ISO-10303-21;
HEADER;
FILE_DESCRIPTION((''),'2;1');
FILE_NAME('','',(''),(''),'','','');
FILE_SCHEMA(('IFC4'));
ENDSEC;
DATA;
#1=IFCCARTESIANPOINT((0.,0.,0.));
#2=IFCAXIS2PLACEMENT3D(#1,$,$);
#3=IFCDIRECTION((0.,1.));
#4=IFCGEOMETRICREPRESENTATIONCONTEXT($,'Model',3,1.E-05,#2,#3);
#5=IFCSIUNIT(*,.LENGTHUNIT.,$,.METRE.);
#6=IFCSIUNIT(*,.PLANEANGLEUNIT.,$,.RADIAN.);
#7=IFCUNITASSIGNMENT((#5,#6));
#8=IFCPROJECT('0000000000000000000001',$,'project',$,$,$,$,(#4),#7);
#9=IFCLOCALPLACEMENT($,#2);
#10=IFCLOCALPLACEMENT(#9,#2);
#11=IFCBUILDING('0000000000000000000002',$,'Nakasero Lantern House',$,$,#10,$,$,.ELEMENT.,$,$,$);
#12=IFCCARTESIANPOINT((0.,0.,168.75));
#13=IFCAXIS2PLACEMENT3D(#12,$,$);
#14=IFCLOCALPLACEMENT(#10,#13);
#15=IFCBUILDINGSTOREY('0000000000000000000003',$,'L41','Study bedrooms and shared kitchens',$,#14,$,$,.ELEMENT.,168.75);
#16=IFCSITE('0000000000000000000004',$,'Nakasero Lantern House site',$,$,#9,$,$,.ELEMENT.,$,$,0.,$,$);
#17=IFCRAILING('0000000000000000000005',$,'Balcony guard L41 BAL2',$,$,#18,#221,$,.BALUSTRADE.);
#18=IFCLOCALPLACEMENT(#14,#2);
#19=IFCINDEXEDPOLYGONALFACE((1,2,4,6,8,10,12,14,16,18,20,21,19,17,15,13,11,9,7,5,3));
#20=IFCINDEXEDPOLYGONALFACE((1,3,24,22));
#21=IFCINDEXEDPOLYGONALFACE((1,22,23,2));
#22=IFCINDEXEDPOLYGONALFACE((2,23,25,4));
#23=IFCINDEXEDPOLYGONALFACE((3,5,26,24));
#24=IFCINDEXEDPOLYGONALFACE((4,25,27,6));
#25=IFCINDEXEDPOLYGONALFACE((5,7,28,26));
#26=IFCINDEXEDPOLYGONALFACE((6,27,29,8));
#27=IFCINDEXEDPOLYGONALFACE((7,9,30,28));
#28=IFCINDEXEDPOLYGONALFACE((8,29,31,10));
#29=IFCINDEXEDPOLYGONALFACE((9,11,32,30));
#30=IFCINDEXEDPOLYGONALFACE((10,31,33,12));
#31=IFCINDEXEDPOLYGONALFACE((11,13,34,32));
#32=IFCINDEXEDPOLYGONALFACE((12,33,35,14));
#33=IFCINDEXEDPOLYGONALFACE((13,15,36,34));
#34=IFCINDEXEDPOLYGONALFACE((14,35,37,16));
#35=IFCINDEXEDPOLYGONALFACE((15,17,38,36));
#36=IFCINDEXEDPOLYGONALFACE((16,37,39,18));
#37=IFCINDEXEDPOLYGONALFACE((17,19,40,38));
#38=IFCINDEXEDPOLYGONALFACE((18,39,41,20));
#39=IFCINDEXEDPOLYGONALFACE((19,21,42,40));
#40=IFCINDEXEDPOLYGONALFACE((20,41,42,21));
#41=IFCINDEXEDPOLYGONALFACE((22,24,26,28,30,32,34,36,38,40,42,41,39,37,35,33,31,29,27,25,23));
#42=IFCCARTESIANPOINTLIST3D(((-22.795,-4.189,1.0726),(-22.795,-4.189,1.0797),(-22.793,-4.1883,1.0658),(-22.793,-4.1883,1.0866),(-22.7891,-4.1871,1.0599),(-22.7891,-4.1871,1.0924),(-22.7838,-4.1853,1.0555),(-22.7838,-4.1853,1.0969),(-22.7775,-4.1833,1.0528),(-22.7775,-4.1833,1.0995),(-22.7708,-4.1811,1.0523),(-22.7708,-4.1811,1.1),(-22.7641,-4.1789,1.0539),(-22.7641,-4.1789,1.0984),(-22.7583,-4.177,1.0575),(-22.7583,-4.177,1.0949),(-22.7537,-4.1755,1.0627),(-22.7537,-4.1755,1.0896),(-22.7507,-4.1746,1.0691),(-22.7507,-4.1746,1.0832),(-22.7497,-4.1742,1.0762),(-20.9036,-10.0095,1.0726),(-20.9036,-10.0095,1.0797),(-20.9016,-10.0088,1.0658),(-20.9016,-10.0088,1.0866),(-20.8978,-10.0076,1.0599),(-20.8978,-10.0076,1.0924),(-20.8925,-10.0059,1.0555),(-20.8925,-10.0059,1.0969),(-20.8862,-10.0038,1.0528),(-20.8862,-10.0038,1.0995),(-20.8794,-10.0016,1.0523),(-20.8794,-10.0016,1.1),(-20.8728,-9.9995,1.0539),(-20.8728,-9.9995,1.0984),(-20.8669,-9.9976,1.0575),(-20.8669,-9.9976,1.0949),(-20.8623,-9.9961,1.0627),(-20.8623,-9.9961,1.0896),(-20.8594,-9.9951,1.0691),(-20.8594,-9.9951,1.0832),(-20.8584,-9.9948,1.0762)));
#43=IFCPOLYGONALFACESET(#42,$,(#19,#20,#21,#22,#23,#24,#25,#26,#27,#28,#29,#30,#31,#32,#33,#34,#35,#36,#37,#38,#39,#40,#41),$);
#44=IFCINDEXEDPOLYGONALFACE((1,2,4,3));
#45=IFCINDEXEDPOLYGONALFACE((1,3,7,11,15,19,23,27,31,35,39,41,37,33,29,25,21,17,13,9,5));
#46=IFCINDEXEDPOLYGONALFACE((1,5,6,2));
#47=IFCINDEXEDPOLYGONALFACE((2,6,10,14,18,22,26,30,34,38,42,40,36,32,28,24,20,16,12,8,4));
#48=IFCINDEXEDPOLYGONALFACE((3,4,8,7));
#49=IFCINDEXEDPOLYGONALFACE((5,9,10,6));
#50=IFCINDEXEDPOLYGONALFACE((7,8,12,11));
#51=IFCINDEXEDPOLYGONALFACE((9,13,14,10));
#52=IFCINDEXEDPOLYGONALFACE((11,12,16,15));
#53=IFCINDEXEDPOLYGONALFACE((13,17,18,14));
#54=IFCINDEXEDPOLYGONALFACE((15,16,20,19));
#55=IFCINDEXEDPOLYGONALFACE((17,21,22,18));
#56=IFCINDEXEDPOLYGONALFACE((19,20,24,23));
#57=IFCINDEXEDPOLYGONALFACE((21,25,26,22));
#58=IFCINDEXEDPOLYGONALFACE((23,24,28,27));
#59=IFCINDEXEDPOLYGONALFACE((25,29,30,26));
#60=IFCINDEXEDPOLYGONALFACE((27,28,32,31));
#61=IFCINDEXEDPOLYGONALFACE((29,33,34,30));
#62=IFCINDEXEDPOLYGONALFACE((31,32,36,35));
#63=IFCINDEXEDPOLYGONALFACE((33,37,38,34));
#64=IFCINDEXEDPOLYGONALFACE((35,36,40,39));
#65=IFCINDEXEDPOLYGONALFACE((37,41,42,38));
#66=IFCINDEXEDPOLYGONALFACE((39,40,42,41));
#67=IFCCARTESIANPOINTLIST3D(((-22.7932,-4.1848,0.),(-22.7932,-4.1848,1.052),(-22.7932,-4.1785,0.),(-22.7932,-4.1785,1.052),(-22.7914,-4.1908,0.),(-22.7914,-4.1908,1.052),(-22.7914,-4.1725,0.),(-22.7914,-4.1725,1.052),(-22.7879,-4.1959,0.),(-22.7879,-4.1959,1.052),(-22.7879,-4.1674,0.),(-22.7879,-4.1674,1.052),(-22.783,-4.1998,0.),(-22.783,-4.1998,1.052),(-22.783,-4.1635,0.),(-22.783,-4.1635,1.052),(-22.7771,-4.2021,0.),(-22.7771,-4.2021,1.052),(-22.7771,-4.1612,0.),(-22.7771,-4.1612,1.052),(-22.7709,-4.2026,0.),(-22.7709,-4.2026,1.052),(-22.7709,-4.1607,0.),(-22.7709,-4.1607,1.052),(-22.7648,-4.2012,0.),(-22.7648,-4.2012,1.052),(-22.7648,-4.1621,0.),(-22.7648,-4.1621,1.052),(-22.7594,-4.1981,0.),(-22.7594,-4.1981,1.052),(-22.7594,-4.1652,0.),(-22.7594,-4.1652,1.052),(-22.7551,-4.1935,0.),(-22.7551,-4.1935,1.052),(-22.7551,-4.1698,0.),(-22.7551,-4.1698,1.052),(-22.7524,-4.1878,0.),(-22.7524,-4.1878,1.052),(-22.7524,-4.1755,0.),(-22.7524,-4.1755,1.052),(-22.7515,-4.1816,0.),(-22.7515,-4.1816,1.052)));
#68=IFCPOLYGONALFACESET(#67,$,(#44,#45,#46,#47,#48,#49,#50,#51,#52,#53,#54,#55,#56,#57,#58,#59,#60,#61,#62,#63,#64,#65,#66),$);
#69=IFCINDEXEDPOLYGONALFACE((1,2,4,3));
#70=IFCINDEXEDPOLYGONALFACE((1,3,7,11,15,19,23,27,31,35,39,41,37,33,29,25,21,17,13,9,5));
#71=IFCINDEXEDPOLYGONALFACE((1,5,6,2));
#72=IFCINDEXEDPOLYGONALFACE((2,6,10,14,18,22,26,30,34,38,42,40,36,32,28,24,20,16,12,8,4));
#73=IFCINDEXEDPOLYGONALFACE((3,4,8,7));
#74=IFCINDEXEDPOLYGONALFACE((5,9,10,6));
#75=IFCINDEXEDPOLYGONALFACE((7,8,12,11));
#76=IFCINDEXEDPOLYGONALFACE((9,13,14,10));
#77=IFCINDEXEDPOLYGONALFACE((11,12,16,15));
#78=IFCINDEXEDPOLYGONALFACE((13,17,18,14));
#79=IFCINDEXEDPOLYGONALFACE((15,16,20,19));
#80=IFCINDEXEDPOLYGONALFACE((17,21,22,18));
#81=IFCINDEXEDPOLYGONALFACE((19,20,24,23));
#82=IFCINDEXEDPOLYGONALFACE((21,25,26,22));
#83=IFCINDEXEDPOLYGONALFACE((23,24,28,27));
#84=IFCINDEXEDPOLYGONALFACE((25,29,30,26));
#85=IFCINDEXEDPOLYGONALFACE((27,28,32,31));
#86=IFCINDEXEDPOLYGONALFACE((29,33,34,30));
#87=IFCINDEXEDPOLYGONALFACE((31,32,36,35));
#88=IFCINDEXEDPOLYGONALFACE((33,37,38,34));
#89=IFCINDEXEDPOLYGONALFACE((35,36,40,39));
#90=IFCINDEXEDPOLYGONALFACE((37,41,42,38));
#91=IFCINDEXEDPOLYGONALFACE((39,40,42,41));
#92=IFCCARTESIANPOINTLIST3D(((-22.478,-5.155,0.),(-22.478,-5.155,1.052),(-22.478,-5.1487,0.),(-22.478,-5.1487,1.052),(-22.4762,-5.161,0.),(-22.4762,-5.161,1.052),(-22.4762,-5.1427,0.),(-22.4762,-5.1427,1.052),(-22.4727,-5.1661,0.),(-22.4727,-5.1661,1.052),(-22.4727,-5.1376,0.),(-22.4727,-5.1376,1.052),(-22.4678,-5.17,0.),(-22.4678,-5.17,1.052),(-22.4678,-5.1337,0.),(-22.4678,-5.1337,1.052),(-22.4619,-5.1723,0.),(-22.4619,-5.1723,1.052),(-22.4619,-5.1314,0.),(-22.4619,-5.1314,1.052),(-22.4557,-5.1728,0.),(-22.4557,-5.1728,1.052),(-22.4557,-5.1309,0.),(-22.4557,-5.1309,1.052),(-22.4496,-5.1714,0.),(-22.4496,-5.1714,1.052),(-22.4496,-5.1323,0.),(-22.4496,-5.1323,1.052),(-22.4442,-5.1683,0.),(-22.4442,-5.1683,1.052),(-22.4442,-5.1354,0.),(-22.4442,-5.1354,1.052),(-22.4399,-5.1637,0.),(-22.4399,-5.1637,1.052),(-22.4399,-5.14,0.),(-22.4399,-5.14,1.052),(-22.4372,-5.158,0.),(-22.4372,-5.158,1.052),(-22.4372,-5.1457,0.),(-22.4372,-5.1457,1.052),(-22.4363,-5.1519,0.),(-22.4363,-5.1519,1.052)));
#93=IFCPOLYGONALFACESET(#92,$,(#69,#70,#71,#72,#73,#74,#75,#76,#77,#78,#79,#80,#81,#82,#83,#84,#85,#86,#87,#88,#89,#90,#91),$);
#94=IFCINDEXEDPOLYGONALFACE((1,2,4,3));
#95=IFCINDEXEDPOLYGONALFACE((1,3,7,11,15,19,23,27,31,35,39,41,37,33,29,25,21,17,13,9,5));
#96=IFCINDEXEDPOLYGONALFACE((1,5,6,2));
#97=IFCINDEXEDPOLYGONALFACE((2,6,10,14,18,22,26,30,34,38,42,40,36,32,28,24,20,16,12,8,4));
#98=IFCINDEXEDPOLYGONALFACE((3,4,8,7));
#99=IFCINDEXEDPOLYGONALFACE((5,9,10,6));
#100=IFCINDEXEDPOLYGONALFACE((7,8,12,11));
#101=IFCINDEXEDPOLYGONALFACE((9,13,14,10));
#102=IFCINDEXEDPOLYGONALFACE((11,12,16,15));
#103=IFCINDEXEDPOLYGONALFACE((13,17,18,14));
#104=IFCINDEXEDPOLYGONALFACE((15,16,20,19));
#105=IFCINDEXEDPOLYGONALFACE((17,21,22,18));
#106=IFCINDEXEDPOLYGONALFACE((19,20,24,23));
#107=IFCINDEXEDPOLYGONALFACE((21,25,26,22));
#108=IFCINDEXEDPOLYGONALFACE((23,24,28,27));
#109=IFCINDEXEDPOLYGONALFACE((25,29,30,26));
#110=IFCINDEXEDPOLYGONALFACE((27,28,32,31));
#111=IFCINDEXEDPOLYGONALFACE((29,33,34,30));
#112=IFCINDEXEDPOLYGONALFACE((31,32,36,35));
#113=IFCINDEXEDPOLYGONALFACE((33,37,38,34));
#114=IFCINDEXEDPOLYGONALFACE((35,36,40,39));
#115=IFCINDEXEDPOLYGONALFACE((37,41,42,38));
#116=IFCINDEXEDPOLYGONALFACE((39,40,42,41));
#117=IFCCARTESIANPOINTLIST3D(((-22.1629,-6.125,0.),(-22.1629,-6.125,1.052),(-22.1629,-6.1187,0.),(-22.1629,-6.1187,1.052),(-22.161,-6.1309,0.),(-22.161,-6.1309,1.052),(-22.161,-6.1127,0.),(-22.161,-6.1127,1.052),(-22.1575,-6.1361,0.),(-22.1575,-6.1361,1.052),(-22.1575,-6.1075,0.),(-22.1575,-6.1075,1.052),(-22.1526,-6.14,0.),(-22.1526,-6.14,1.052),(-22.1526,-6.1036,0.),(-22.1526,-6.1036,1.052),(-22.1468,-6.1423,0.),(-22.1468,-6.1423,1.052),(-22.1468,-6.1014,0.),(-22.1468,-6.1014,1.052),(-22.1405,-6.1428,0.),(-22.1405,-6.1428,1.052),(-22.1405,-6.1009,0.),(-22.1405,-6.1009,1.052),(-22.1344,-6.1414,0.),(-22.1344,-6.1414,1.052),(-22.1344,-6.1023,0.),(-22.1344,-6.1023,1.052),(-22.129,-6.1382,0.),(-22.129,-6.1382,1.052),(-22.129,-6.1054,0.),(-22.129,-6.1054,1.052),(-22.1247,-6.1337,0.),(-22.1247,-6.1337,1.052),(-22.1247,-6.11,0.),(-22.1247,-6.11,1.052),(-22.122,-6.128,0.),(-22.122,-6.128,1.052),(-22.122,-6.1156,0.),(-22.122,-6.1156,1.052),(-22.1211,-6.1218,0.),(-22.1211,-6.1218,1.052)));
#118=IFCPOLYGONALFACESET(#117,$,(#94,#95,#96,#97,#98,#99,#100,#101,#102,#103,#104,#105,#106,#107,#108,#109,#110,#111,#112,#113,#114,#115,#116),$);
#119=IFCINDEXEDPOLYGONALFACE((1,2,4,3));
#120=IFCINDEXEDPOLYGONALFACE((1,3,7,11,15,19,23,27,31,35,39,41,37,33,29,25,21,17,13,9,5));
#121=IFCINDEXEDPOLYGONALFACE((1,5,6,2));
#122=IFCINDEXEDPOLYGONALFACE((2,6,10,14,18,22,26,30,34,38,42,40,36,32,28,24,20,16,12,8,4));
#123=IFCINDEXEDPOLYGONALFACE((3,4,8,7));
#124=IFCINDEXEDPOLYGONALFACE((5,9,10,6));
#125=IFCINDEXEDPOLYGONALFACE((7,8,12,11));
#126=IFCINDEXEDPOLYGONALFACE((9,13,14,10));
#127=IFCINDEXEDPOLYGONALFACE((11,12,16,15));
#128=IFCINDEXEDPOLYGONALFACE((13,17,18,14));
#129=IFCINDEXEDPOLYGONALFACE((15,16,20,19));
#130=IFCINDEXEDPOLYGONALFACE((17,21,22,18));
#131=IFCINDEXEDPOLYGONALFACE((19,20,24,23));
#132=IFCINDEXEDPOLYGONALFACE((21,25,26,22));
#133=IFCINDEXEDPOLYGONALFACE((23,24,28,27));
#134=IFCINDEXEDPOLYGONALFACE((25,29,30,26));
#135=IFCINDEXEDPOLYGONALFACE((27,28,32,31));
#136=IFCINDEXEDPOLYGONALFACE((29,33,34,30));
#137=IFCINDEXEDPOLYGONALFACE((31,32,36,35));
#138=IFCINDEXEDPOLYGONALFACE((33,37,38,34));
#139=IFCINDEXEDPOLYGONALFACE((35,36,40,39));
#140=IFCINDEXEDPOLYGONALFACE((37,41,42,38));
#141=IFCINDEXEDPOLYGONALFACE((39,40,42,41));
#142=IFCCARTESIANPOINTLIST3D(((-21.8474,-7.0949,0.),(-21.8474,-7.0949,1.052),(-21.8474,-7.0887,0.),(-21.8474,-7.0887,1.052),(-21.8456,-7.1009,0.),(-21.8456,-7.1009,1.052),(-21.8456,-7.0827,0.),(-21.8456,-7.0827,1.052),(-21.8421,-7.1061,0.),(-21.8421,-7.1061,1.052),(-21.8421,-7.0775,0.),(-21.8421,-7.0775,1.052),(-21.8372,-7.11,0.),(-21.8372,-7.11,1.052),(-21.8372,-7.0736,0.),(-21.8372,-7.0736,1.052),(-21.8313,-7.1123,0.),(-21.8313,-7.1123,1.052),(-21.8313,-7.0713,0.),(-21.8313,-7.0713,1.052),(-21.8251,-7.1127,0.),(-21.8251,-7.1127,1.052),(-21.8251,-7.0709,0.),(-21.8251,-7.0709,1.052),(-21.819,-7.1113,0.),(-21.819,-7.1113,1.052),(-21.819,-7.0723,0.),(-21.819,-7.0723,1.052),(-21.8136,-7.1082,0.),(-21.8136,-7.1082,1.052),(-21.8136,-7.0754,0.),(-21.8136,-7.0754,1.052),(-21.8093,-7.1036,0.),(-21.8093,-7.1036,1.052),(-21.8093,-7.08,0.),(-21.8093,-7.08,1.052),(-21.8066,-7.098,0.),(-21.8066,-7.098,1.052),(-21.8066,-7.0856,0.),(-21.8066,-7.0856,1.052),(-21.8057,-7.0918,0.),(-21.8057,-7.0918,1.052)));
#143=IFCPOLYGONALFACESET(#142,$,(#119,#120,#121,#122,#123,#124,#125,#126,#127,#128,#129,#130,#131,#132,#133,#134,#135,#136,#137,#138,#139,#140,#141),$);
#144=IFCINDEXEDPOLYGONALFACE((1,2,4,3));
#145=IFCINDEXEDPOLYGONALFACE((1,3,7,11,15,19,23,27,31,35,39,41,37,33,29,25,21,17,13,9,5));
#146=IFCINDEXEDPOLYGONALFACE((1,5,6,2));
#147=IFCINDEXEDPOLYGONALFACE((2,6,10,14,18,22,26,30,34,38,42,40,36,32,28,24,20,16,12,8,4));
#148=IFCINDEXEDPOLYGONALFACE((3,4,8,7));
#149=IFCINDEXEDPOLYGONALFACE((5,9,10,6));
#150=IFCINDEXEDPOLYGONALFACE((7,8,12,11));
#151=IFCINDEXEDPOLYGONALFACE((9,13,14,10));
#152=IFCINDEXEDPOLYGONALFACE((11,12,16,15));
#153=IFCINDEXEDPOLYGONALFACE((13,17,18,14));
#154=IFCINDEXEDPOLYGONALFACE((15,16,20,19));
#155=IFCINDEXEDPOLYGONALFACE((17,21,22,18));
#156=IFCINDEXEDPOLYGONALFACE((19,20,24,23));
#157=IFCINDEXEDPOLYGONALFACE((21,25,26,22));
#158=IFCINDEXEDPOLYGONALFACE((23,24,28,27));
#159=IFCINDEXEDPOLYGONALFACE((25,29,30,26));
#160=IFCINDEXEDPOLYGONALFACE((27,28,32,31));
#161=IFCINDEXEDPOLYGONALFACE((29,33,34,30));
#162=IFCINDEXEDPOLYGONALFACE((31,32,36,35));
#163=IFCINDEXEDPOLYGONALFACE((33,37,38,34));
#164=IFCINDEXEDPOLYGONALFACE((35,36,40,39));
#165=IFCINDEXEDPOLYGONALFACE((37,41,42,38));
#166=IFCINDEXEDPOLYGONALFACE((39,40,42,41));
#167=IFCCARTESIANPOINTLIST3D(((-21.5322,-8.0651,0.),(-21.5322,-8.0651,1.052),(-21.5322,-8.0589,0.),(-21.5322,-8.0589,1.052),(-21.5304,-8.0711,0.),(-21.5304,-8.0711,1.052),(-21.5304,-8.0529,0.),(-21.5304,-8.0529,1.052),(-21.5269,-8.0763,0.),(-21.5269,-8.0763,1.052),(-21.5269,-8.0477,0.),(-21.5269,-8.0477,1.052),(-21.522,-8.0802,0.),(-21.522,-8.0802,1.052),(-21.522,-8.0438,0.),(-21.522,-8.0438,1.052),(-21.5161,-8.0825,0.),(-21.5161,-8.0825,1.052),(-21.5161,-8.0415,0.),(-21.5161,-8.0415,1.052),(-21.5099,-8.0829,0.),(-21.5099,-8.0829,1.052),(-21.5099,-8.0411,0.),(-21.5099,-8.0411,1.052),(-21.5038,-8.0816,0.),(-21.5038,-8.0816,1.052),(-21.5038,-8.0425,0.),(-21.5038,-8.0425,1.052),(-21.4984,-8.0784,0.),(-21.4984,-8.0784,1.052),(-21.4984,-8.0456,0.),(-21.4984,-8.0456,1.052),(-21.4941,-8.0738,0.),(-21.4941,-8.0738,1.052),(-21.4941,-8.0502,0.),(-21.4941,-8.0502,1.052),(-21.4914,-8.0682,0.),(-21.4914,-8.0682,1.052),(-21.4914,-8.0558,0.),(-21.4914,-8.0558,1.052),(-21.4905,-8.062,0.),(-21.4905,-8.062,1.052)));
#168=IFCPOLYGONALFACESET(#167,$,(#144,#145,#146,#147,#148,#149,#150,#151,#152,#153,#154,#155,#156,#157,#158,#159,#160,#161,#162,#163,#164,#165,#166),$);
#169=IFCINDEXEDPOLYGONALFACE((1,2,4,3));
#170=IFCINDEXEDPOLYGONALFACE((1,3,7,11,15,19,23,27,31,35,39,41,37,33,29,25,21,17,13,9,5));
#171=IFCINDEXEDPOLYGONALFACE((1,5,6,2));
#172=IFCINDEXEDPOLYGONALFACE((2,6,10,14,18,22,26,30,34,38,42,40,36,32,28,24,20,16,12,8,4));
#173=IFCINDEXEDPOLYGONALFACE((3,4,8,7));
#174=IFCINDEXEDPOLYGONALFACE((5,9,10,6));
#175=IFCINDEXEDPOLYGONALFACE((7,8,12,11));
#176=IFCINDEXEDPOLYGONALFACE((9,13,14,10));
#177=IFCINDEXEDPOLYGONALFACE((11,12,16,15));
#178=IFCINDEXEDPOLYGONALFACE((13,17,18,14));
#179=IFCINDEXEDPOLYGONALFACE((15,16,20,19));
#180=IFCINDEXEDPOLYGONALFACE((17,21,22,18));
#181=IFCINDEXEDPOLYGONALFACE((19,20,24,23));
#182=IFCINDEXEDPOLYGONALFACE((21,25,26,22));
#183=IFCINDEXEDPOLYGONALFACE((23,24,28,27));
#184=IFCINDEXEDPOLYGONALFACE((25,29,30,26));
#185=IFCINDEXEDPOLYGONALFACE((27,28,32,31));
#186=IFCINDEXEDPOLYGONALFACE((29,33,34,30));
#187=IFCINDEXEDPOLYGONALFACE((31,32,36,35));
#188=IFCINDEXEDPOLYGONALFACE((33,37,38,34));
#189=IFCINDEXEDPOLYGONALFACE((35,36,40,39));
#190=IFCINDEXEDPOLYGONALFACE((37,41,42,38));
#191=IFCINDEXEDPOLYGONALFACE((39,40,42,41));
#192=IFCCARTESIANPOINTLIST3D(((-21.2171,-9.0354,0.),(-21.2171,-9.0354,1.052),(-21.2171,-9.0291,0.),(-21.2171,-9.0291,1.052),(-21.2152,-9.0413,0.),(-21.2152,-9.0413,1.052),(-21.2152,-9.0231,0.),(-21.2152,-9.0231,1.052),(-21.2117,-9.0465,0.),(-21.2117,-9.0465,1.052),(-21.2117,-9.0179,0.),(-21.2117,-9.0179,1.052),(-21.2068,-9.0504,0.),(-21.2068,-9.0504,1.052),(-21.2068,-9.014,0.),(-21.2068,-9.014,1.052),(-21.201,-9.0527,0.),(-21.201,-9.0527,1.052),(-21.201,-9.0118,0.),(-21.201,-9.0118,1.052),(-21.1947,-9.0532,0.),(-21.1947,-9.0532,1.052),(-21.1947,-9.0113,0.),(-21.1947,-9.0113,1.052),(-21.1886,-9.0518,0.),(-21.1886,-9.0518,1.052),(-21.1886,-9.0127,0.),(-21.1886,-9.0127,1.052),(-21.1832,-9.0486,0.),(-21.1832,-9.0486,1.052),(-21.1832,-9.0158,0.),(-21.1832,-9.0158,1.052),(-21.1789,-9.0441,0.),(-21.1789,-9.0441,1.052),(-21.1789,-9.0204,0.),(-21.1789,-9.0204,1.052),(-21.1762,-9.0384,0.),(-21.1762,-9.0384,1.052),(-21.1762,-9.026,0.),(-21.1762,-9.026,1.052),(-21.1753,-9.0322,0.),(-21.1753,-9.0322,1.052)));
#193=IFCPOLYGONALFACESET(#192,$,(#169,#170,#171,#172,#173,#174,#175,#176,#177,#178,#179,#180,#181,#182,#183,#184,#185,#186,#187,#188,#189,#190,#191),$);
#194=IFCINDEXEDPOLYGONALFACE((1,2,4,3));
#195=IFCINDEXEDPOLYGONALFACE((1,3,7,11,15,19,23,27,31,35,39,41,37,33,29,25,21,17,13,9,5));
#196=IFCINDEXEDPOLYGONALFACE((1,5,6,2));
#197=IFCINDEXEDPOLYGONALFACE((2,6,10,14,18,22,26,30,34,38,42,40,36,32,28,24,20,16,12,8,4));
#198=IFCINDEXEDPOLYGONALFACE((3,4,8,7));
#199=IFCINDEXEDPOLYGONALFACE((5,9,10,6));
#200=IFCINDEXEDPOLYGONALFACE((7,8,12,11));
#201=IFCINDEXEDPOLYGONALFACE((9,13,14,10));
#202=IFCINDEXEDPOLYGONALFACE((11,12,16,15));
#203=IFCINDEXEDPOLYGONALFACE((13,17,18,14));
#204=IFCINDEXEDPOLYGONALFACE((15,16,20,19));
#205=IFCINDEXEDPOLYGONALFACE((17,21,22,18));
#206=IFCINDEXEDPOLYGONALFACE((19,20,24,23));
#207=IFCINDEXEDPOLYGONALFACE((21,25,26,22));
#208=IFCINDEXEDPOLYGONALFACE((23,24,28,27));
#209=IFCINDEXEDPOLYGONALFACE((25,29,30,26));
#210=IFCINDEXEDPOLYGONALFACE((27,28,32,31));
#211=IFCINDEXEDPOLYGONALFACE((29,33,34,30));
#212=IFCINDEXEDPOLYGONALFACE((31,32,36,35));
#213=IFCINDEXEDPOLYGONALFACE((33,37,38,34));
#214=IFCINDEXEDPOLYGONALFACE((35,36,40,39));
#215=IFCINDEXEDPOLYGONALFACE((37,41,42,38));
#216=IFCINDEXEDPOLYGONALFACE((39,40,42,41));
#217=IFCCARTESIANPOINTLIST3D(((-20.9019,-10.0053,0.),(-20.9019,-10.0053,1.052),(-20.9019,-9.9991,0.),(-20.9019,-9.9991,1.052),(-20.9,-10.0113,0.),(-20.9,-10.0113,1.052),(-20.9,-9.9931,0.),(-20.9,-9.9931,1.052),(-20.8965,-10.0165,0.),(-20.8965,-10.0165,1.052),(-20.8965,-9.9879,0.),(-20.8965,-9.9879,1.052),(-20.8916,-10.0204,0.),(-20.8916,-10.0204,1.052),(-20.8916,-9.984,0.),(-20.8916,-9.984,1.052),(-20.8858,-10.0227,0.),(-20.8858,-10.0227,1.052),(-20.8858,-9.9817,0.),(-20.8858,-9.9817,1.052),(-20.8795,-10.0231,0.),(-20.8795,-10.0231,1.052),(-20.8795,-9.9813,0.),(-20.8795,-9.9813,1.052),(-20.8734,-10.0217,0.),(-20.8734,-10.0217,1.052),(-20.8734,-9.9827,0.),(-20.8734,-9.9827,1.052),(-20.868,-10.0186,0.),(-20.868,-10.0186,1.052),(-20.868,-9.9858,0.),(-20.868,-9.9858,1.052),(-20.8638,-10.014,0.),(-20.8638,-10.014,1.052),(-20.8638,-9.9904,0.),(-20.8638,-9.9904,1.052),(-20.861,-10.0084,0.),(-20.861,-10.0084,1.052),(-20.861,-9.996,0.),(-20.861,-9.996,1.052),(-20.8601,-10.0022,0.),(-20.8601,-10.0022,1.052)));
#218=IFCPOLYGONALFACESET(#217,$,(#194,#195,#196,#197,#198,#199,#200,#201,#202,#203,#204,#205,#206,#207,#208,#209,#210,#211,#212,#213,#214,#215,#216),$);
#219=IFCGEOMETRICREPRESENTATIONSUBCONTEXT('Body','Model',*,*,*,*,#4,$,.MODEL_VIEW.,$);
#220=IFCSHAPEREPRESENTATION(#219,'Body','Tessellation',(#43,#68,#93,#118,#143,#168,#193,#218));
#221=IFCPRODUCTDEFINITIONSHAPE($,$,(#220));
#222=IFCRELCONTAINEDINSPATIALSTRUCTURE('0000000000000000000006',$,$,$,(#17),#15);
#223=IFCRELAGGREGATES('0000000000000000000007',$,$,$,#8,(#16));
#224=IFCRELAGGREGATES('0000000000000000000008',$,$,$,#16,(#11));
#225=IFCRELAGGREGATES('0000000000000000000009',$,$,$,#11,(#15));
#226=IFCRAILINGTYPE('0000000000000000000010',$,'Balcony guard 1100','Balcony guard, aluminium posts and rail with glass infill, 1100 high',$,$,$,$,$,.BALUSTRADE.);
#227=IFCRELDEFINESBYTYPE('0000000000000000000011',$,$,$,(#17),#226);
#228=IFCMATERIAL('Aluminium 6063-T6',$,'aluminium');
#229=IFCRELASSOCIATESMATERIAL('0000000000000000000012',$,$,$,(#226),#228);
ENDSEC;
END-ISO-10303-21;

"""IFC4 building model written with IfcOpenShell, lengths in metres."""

from ifc_helpers import new_model, si_unit, direction, frame, origin, origin_2d, place, context, subcontext, project, spatial, circle, extrude, material, type_object, element, save


model = new_model("IFC4")

# Units and contexts
model_context = context("Model", 3, precision=1e-05, world=origin(), true_north=direction((0.0, 1.0)))
body_context = subcontext(model_context, "Body", "Model", "MODEL_VIEW")
ifc_project = project(units=[si_unit("LENGTHUNIT", "METRE"), si_unit("PLANEANGLEUNIT", "RADIAN")], contexts=[model_context])

# Site, building, storey
site_placement = place(None, origin())
site = spatial("IfcSite", under=ifc_project, at=site_placement, Name="Nakasero Lantern House site", CompositionType="ELEMENT", RefElevation=0.0)
building_placement = place(site_placement, origin())
building = spatial("IfcBuilding", under=site, at=building_placement, Name="Nakasero Lantern House", CompositionType="ELEMENT")
storey_placement = place(building_placement, frame((0.0, 0.0, 168.75)))
storey = spatial("IfcBuildingStorey", under=building, at=storey_placement, Name="L41", Description="Study bedrooms and shared kitchens", CompositionType="ELEMENT", Elevation=168.75)

# Railing
ifc_material_1 = material(Name="Aluminium 6063-T6", Category="aluminium")
railing_type = type_object("IfcRailingType", Name="Balcony guard 1100", Description="Balcony guard, aluminium posts and rail with glass infill, 1100 high", PredefinedType="BALUSTRADE", material=ifc_material_1)
railing_placement = place(storey_placement, frame((-22.7725, -4.1816, 0.0)))
element("IfcRailing", 1, at=railing_placement, inside=storey, type_object=railing_type, Name="Balcony guard L41 BAL2", PredefinedType="BALUSTRADE", context=body_context, shape_type="SweptSolid", body=[
    extrude(circle(Radius=0.0239, at=origin_2d()), frame((0.0, 0.0, 1.0762), z_axis=(0.309038, -0.95105, 0.0), x_axis=(0.95105, 0.309038, 0.0)), (0.0, 0.0, 1.0), 6.1201),
    extrude(circle(Radius=0.021, at=origin_2d()), origin(), (0.0, 0.0, 1.0), 1.052),
    extrude(circle(Radius=0.021, at=origin_2d()), frame((0.3152, -0.9702, 0.0)), (0.0, 0.0, 1.0), 1.052),
    extrude(circle(Radius=0.021, at=origin_2d()), frame((0.6304, -1.9402, 0.0)), (0.0, 0.0, 1.0), 1.052),
    extrude(circle(Radius=0.021, at=origin_2d()), frame((0.9458, -2.9102, 0.0)), (0.0, 0.0, 1.0), 1.052),
    extrude(circle(Radius=0.021, at=origin_2d()), frame((1.261, -3.8804, 0.0)), (0.0, 0.0, 1.0), 1.052),
    extrude(circle(Radius=0.021, at=origin_2d()), frame((1.5762, -4.8506, 0.0)), (0.0, 0.0, 1.0), 1.052),
    extrude(circle(Radius=0.021, at=origin_2d()), frame((1.8914, -5.8206, 0.0)), (0.0, 0.0, 1.0), 1.052),
])

save(model, "model.ifc")
